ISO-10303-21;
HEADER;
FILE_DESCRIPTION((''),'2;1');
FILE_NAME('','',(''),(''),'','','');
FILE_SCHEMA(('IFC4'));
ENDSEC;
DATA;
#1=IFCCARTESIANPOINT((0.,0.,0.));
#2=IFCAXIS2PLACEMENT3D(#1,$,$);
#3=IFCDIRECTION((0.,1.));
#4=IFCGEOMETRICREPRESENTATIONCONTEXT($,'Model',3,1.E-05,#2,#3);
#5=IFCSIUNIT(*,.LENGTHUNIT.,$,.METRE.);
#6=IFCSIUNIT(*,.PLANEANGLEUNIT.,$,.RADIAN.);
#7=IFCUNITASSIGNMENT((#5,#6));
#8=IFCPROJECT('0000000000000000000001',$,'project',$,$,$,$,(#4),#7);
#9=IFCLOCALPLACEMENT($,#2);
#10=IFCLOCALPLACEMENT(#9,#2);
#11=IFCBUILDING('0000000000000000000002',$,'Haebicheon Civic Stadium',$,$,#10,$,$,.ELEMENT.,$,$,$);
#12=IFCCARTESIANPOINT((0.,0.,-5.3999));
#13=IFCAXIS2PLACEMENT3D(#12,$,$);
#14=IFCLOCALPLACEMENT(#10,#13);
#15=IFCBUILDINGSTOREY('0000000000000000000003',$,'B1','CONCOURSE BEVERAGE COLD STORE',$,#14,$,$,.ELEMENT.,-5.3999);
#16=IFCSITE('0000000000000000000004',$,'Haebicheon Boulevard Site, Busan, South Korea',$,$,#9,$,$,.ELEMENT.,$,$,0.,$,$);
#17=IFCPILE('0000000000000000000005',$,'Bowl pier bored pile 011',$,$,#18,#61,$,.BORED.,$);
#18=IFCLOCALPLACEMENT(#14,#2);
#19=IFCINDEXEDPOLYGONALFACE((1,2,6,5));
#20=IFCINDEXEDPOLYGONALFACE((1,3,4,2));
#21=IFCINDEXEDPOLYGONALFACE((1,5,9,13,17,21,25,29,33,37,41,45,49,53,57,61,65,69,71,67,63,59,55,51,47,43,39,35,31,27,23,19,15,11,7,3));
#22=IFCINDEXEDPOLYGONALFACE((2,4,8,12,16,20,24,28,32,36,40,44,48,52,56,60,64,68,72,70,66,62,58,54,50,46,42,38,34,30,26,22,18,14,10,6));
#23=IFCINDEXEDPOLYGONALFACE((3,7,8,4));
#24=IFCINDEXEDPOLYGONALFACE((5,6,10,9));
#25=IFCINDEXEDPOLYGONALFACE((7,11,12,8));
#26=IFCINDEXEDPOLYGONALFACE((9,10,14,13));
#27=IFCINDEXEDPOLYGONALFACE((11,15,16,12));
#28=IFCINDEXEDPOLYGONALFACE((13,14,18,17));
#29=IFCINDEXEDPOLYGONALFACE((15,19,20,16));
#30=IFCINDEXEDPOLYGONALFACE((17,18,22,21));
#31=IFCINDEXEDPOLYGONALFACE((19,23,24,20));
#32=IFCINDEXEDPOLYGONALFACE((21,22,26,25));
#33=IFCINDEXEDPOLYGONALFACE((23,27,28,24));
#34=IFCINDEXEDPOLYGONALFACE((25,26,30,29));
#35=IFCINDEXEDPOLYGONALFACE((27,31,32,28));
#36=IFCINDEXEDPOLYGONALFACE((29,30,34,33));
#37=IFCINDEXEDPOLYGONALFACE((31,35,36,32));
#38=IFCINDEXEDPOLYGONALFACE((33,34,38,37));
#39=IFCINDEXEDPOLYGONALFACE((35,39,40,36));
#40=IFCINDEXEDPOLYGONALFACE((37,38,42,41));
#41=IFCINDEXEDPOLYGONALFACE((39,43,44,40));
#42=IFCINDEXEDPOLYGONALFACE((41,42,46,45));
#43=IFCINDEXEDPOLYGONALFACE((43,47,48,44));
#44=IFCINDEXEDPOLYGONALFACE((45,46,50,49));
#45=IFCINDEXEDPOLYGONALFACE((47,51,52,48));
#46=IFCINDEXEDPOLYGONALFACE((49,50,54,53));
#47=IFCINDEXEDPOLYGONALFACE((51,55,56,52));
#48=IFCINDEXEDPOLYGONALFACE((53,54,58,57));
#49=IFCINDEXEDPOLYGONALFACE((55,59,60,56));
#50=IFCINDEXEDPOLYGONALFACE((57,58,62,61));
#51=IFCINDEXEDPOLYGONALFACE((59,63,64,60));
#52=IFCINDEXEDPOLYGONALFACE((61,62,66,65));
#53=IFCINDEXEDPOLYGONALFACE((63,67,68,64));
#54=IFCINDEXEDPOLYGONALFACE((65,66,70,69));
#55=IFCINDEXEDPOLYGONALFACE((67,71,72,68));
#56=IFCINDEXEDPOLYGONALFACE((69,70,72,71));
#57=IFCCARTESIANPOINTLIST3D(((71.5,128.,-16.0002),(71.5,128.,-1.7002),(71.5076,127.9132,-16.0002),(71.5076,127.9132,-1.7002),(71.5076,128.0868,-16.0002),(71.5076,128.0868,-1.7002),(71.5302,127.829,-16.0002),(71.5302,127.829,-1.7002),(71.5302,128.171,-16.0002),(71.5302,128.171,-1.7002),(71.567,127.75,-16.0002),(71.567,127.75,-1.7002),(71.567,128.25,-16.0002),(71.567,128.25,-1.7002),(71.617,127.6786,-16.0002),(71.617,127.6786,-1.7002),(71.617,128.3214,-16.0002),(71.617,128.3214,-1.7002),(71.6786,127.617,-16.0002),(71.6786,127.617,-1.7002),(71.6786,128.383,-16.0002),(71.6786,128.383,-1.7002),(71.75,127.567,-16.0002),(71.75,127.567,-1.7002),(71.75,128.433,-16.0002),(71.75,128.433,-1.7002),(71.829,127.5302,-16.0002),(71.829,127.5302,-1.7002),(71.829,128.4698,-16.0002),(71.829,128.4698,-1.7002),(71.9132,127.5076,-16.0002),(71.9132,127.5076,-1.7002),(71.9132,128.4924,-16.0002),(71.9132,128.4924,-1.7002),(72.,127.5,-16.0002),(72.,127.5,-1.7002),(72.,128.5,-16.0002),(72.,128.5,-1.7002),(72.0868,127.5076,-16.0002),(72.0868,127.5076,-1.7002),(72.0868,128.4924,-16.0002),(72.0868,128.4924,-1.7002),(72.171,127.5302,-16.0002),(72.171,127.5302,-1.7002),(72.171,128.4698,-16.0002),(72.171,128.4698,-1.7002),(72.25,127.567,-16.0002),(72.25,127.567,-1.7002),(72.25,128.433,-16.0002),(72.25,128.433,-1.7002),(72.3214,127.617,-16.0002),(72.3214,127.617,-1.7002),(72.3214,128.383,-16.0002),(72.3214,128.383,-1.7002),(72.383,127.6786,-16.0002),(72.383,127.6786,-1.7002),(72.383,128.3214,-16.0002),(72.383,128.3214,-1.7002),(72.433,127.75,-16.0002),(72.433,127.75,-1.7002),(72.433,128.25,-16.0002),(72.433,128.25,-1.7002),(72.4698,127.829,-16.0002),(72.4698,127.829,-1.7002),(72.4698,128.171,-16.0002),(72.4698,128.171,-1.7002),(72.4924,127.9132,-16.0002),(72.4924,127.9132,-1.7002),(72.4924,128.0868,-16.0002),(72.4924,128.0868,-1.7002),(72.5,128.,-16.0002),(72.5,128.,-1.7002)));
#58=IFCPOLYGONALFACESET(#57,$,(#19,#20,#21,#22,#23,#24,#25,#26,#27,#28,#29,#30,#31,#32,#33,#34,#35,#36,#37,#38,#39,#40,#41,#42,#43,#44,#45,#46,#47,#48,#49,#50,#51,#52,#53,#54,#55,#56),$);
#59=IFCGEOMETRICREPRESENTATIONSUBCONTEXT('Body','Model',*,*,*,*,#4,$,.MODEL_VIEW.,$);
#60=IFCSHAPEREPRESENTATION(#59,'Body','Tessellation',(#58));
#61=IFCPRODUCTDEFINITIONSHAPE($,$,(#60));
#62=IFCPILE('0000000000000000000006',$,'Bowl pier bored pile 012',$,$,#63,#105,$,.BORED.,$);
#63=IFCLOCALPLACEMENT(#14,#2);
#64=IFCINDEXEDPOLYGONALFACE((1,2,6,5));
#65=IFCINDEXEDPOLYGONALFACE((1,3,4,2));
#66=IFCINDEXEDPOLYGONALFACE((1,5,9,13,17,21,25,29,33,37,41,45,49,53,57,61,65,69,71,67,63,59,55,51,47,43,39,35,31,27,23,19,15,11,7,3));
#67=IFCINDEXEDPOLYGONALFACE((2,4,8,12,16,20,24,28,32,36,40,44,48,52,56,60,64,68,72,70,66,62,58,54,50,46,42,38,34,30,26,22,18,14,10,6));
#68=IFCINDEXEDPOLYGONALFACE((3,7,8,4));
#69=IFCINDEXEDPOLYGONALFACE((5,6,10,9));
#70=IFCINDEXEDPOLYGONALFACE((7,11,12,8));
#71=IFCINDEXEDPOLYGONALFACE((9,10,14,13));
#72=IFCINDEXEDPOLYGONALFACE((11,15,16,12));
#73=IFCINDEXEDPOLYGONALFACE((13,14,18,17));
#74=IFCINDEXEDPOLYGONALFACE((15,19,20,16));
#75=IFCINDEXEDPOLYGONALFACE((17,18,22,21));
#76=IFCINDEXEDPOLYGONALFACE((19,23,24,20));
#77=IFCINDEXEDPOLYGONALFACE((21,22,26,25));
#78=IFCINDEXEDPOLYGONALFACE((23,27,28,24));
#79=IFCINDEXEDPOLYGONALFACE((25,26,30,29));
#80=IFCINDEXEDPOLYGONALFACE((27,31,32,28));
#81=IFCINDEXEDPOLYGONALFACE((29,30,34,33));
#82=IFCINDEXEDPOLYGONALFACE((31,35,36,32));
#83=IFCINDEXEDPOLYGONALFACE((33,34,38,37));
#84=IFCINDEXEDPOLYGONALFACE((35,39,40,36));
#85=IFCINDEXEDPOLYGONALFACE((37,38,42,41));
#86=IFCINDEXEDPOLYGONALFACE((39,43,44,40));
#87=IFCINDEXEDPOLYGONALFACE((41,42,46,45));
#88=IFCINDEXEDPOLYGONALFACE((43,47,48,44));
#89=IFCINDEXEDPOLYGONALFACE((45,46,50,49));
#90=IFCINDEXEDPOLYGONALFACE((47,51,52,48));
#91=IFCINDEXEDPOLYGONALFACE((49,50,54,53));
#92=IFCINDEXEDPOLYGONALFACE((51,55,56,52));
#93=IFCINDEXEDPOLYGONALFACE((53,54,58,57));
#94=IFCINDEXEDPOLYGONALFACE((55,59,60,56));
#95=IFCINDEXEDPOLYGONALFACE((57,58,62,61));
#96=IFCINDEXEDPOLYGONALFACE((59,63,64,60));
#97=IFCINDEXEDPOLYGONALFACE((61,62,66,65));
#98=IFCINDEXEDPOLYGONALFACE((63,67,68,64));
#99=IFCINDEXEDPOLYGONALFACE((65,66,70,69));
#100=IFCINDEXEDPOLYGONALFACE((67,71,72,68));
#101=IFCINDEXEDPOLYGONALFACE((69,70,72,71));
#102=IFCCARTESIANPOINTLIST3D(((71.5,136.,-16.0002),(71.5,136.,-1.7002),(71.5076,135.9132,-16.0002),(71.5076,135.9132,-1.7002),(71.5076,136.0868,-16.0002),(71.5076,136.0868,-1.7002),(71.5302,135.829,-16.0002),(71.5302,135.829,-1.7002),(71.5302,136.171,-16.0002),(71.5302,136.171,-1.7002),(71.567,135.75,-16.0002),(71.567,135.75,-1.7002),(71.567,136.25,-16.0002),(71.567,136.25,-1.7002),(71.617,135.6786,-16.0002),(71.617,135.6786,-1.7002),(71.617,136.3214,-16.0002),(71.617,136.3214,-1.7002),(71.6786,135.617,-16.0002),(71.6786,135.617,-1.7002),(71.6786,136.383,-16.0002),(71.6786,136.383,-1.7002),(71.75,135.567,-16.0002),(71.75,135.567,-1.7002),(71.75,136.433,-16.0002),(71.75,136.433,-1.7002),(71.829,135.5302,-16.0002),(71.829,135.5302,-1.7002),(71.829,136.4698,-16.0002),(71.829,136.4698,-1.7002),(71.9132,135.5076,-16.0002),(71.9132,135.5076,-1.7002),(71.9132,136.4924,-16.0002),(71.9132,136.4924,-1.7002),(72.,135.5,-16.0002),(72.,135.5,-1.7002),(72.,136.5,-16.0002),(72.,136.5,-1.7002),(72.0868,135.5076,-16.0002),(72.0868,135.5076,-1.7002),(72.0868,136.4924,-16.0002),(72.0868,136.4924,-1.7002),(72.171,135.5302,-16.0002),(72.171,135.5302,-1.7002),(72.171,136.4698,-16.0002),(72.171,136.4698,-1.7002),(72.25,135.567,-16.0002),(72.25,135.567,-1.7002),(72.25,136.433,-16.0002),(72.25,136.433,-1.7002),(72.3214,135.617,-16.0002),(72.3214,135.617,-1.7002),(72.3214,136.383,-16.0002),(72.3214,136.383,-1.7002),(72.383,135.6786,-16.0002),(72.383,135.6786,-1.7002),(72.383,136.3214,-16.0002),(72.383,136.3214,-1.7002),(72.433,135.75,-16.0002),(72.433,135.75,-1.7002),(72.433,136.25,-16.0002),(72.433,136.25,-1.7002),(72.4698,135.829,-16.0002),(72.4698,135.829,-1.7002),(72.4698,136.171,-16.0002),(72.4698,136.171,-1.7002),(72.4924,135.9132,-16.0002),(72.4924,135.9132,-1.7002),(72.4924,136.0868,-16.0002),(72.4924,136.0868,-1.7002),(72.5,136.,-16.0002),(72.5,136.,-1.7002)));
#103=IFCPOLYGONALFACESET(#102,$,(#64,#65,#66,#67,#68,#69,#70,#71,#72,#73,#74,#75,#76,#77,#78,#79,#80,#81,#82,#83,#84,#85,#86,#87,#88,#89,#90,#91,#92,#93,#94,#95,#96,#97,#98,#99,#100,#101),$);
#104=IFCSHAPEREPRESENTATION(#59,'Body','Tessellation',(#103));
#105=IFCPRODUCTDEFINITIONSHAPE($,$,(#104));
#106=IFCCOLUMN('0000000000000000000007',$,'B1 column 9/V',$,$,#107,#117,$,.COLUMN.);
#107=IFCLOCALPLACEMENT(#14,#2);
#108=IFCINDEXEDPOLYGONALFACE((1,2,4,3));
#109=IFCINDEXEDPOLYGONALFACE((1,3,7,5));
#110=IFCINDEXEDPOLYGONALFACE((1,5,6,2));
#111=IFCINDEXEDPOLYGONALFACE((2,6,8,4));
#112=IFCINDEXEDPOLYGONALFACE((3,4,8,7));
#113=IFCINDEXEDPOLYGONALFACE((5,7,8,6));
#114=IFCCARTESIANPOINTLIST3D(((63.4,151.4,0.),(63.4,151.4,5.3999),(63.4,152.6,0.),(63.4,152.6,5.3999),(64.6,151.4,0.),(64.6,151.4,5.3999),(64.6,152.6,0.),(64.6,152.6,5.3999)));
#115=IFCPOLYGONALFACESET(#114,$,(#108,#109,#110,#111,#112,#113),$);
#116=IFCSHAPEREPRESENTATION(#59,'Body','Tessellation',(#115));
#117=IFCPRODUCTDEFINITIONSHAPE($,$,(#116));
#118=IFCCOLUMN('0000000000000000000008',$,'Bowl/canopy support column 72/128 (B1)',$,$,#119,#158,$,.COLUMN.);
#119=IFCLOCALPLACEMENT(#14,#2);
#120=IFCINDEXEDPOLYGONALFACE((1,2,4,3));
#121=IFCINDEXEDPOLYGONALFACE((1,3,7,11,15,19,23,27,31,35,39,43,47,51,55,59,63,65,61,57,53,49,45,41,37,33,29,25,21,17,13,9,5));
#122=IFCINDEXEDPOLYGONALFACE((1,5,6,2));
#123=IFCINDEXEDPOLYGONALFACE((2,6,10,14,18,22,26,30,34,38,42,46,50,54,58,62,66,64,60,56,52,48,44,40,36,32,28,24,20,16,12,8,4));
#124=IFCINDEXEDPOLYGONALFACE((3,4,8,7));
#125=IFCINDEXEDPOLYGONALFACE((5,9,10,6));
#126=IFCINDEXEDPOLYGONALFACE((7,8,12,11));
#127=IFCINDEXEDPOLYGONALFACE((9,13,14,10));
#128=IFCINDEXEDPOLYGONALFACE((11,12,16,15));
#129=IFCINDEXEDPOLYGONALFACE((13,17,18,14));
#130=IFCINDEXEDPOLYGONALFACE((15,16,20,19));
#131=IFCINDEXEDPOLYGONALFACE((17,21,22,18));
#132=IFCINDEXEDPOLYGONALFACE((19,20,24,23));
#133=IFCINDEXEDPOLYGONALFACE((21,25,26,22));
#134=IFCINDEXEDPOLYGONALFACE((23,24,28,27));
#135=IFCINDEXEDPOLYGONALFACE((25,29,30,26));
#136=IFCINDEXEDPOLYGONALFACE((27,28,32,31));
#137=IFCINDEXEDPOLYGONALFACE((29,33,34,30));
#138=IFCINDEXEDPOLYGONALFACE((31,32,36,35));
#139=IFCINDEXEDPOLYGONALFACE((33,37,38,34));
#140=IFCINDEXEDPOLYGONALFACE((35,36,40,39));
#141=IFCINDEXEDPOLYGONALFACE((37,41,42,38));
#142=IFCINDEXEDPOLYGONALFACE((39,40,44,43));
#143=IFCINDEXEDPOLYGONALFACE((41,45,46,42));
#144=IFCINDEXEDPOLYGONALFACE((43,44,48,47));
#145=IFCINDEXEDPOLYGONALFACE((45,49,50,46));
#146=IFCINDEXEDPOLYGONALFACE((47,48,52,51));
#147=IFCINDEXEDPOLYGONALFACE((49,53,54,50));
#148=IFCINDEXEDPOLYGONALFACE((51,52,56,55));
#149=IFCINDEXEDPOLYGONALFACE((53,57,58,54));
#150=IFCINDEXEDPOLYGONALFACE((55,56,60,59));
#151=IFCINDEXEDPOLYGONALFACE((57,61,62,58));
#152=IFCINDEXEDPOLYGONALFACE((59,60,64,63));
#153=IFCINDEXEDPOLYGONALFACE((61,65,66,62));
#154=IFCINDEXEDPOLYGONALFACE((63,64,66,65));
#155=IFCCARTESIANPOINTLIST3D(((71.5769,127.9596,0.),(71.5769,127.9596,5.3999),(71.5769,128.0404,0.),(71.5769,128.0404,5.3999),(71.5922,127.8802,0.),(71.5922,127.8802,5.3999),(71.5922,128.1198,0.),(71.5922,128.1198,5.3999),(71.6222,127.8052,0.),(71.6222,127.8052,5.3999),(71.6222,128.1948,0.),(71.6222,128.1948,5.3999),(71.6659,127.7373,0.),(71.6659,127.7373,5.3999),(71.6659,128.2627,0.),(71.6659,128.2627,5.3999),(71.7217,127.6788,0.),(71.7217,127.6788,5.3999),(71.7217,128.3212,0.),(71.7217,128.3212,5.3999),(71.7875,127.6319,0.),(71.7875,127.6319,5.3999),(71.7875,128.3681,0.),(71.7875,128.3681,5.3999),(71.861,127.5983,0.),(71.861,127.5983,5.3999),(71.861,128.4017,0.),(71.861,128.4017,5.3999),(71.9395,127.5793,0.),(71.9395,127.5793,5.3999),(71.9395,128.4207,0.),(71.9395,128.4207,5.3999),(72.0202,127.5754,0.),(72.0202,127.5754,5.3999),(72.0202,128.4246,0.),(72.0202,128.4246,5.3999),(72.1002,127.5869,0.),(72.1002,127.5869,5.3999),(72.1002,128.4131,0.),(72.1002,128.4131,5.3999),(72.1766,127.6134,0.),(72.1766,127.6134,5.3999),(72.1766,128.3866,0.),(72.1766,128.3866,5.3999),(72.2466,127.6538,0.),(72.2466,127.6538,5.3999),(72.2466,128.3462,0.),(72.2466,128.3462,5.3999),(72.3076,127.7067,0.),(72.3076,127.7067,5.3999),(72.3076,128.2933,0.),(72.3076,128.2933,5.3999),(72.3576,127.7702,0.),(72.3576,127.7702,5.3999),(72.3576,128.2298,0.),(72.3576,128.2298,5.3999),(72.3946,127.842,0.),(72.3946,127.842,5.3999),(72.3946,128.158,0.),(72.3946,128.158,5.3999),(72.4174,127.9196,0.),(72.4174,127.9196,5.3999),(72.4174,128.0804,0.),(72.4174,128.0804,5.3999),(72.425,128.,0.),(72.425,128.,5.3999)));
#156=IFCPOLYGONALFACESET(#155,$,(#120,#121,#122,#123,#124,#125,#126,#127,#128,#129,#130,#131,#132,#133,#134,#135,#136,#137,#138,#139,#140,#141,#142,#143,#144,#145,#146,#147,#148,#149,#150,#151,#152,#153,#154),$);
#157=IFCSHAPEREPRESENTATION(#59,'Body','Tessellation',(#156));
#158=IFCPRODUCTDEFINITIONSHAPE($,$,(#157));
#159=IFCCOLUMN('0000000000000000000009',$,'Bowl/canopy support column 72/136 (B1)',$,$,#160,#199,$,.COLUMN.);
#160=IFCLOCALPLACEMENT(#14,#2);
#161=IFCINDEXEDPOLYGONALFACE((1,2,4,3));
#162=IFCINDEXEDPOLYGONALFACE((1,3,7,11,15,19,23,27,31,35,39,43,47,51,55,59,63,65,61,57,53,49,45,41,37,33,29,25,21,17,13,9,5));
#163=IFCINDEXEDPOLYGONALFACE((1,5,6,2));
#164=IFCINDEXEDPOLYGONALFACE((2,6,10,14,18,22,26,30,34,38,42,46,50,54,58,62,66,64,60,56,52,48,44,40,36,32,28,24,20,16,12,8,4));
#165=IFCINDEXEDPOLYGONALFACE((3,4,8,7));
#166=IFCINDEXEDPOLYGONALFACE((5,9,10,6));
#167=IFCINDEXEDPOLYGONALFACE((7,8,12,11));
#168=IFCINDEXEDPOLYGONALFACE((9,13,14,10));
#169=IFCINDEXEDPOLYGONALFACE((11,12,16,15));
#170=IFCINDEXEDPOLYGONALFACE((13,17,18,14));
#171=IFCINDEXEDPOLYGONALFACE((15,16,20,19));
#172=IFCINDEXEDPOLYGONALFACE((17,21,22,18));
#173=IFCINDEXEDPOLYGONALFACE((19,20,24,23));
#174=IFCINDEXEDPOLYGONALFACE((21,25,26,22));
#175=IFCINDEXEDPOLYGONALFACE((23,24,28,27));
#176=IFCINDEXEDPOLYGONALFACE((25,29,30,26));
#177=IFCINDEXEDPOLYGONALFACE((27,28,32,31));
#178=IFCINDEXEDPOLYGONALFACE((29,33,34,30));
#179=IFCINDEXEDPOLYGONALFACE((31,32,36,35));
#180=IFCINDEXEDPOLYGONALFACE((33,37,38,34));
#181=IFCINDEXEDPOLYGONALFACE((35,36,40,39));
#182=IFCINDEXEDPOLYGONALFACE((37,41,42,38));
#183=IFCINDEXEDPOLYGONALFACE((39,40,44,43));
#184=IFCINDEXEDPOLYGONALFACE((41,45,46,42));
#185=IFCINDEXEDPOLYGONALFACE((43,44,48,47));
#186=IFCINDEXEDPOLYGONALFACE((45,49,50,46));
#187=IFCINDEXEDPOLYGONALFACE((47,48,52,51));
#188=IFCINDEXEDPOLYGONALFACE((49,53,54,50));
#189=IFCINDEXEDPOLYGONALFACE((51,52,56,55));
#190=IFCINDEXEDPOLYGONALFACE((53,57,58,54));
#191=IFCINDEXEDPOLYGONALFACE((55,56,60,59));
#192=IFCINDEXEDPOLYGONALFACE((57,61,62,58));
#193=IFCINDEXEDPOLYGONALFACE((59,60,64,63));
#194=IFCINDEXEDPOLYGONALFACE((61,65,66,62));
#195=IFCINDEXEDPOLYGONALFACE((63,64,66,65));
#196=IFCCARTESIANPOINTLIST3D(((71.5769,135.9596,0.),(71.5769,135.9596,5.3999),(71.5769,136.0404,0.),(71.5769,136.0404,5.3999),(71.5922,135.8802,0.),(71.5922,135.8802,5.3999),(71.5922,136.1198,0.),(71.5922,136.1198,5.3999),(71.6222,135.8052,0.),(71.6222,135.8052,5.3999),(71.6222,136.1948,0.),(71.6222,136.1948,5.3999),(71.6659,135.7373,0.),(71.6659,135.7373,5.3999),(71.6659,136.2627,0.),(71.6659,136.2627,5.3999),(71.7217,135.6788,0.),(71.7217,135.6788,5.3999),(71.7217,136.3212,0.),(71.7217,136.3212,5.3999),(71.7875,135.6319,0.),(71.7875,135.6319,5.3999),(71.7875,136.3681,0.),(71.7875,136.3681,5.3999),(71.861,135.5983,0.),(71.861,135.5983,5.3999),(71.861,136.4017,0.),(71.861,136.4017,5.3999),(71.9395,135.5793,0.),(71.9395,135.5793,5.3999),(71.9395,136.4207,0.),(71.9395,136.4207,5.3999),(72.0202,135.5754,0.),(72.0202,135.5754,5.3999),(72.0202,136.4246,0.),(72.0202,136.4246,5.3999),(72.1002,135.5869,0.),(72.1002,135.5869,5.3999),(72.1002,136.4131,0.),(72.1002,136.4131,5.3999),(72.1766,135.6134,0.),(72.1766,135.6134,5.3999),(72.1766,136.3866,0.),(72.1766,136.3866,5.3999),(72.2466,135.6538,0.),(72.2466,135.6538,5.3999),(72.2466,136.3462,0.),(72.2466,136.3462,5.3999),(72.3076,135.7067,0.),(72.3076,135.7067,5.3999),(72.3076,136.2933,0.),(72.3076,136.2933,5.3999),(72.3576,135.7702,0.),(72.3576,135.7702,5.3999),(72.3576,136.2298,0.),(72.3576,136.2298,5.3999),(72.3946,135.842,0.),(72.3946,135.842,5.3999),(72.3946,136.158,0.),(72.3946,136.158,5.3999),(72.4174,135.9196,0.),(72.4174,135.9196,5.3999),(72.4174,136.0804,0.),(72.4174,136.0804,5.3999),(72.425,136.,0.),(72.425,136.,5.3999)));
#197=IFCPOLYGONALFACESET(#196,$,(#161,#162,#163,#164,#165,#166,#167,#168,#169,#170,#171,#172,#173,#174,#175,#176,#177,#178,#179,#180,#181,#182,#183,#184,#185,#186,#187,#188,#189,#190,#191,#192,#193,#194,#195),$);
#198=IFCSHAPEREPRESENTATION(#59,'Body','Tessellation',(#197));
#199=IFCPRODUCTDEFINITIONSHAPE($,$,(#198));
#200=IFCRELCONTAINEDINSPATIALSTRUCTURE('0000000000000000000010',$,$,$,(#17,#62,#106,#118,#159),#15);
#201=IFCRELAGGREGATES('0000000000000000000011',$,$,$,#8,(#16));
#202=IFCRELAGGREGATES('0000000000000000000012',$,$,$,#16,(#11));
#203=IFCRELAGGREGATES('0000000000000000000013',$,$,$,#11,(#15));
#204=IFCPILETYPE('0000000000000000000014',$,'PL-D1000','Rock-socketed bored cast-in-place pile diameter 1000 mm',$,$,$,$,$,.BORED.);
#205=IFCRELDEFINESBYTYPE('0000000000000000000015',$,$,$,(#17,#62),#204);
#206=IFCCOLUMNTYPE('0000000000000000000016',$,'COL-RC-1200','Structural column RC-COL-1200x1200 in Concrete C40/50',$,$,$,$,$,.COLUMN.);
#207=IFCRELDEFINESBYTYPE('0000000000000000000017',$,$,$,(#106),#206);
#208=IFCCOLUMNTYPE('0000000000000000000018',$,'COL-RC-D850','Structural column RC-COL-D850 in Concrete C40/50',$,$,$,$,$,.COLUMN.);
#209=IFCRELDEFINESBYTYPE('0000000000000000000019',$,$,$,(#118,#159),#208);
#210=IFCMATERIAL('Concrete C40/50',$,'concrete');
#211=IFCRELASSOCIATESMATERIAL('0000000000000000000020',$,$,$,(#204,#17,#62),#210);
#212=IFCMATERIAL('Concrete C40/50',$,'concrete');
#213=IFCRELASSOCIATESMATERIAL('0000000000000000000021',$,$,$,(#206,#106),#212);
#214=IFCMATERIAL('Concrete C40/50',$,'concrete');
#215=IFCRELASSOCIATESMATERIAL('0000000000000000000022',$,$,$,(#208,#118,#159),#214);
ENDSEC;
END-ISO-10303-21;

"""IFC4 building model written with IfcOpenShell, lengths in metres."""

from ifc_helpers import new_model, si_unit, direction, frame, origin, origin_2d, place, context, subcontext, project, spatial, rectangle, circle, extrude, material, material_profile, profile_set, type_object, element, save


model = new_model("IFC4")

# Units and contexts
model_context = context("Model", 3, precision=1e-05, world=origin(), true_north=direction((0.0, 1.0)))
body_context = subcontext(model_context, "Body", "Model", "MODEL_VIEW")
ifc_project = project(units=[si_unit("LENGTHUNIT", "METRE"), si_unit("PLANEANGLEUNIT", "RADIAN")], contexts=[model_context])

# Site, building, storey
site_placement = place(None, origin())
site = spatial("IfcSite", under=ifc_project, at=site_placement, Name="Haebicheon Boulevard Site, Busan, South Korea", CompositionType="ELEMENT", RefElevation=0.0)
building_placement = place(site_placement, origin())
building = spatial("IfcBuilding", under=site, at=building_placement, Name="Haebicheon Civic Stadium", CompositionType="ELEMENT")
storey_placement = place(building_placement, frame((0.0, 0.0, -5.3999)))
storey = spatial("IfcBuildingStorey", under=building, at=storey_placement, Name="B1", Description="CONCOURSE BEVERAGE COLD STORE", CompositionType="ELEMENT", Elevation=-5.3999)

# Piles
ifc_material_1 = material(Name="Concrete C40/50", Category="concrete")
ifc_material_profile_1 = material_profile(ifc_material_1, circle(Radius=0.5, at=origin_2d()), Name="PILE-D1000")
ifc_profile_set_1 = profile_set([ifc_material_profile_1], Name="Concrete C40/50")
pile_type = type_object("IfcPileType", Name="PL-D1000", Description="Rock-socketed bored cast-in-place pile diameter 1000 mm", PredefinedType="BORED", material=ifc_profile_set_1)
for number, where, z_axis, x_axis, name in (
    (1, (72.0, 128.0, -1.7002), (0.0, 0.0, -1.0), (1.0, 0.0, 0.0), "Bowl pier bored pile 011"),
    (2, (72.0, 136.0, -1.7002), (0.0, 0.0, -1.0), (1.0, 0.0, 0.0), "Bowl pier bored pile 012"),
):
    element("IfcPile", number, at=place(storey_placement, frame(where, z_axis=z_axis, x_axis=x_axis)), inside=storey, type_object=pile_type, material=ifc_profile_set_1, Name=name, PredefinedType="BORED", context=body_context, shape_type="SweptSolid", body=[
        extrude(circle(Radius=0.5, at=origin_2d()), origin(), (0.0, 0.0, 1.0), 14.3),
    ])

# Columns
ifc_material_2 = material(Name="Concrete C40/50", Category="concrete")
ifc_material_profile_2 = material_profile(ifc_material_2, rectangle(XDim=1.2, YDim=1.2, at=origin_2d()), Name="RC-COL-1200x1200")
ifc_profile_set_2 = profile_set([ifc_material_profile_2], Name="Concrete C40/50")
column_type_1 = type_object("IfcColumnType", Name="COL-RC-1200", Description="Structural column RC-COL-1200x1200 in Concrete C40/50", PredefinedType="COLUMN", material=ifc_profile_set_2)
column_placement = place(storey_placement, frame((64.0, 152.0, 0.0), z_axis=(0.0, 0.0, 1.0), x_axis=(1.0, 0.0, 0.0)))
element("IfcColumn", 3, at=column_placement, inside=storey, type_object=column_type_1, material=ifc_profile_set_2, Name="B1 column 9/V", PredefinedType="COLUMN", context=body_context, shape_type="SweptSolid", body=[
    extrude(rectangle(XDim=1.2, YDim=1.2, at=origin_2d()), origin(), (0.0, 0.0, 1.0), 5.3999),
])
ifc_material_3 = material(Name="Concrete C40/50", Category="concrete")
ifc_material_profile_3 = material_profile(ifc_material_3, circle(Radius=0.425, at=origin_2d()), Name="RC-COL-D850")
ifc_profile_set_3 = profile_set([ifc_material_profile_3], Name="Concrete C40/50")
column_type_2 = type_object("IfcColumnType", Name="COL-RC-D850", Description="Structural column RC-COL-D850 in Concrete C40/50", PredefinedType="COLUMN", material=ifc_profile_set_3)
for number, where, z_axis, x_axis, name in (
    (4, (72.0, 128.0, 0.0), (0.0, 0.0, 1.0), (1.0, 0.0, 0.0), "Bowl/canopy support column 72/128 (B1)"),
    (5, (72.0, 136.0, 0.0), (0.0, 0.0, 1.0), (1.0, 0.0, 0.0), "Bowl/canopy support column 72/136 (B1)"),
):
    element("IfcColumn", number, at=place(storey_placement, frame(where, z_axis=z_axis, x_axis=x_axis)), inside=storey, type_object=column_type_2, material=ifc_profile_set_3, Name=name, PredefinedType="COLUMN", context=body_context, shape_type="SweptSolid", body=[
        extrude(circle(Radius=0.425, at=origin_2d()), origin(), (0.0, 0.0, 1.0), 5.3999),
    ])

save(model, "model.ifc")
